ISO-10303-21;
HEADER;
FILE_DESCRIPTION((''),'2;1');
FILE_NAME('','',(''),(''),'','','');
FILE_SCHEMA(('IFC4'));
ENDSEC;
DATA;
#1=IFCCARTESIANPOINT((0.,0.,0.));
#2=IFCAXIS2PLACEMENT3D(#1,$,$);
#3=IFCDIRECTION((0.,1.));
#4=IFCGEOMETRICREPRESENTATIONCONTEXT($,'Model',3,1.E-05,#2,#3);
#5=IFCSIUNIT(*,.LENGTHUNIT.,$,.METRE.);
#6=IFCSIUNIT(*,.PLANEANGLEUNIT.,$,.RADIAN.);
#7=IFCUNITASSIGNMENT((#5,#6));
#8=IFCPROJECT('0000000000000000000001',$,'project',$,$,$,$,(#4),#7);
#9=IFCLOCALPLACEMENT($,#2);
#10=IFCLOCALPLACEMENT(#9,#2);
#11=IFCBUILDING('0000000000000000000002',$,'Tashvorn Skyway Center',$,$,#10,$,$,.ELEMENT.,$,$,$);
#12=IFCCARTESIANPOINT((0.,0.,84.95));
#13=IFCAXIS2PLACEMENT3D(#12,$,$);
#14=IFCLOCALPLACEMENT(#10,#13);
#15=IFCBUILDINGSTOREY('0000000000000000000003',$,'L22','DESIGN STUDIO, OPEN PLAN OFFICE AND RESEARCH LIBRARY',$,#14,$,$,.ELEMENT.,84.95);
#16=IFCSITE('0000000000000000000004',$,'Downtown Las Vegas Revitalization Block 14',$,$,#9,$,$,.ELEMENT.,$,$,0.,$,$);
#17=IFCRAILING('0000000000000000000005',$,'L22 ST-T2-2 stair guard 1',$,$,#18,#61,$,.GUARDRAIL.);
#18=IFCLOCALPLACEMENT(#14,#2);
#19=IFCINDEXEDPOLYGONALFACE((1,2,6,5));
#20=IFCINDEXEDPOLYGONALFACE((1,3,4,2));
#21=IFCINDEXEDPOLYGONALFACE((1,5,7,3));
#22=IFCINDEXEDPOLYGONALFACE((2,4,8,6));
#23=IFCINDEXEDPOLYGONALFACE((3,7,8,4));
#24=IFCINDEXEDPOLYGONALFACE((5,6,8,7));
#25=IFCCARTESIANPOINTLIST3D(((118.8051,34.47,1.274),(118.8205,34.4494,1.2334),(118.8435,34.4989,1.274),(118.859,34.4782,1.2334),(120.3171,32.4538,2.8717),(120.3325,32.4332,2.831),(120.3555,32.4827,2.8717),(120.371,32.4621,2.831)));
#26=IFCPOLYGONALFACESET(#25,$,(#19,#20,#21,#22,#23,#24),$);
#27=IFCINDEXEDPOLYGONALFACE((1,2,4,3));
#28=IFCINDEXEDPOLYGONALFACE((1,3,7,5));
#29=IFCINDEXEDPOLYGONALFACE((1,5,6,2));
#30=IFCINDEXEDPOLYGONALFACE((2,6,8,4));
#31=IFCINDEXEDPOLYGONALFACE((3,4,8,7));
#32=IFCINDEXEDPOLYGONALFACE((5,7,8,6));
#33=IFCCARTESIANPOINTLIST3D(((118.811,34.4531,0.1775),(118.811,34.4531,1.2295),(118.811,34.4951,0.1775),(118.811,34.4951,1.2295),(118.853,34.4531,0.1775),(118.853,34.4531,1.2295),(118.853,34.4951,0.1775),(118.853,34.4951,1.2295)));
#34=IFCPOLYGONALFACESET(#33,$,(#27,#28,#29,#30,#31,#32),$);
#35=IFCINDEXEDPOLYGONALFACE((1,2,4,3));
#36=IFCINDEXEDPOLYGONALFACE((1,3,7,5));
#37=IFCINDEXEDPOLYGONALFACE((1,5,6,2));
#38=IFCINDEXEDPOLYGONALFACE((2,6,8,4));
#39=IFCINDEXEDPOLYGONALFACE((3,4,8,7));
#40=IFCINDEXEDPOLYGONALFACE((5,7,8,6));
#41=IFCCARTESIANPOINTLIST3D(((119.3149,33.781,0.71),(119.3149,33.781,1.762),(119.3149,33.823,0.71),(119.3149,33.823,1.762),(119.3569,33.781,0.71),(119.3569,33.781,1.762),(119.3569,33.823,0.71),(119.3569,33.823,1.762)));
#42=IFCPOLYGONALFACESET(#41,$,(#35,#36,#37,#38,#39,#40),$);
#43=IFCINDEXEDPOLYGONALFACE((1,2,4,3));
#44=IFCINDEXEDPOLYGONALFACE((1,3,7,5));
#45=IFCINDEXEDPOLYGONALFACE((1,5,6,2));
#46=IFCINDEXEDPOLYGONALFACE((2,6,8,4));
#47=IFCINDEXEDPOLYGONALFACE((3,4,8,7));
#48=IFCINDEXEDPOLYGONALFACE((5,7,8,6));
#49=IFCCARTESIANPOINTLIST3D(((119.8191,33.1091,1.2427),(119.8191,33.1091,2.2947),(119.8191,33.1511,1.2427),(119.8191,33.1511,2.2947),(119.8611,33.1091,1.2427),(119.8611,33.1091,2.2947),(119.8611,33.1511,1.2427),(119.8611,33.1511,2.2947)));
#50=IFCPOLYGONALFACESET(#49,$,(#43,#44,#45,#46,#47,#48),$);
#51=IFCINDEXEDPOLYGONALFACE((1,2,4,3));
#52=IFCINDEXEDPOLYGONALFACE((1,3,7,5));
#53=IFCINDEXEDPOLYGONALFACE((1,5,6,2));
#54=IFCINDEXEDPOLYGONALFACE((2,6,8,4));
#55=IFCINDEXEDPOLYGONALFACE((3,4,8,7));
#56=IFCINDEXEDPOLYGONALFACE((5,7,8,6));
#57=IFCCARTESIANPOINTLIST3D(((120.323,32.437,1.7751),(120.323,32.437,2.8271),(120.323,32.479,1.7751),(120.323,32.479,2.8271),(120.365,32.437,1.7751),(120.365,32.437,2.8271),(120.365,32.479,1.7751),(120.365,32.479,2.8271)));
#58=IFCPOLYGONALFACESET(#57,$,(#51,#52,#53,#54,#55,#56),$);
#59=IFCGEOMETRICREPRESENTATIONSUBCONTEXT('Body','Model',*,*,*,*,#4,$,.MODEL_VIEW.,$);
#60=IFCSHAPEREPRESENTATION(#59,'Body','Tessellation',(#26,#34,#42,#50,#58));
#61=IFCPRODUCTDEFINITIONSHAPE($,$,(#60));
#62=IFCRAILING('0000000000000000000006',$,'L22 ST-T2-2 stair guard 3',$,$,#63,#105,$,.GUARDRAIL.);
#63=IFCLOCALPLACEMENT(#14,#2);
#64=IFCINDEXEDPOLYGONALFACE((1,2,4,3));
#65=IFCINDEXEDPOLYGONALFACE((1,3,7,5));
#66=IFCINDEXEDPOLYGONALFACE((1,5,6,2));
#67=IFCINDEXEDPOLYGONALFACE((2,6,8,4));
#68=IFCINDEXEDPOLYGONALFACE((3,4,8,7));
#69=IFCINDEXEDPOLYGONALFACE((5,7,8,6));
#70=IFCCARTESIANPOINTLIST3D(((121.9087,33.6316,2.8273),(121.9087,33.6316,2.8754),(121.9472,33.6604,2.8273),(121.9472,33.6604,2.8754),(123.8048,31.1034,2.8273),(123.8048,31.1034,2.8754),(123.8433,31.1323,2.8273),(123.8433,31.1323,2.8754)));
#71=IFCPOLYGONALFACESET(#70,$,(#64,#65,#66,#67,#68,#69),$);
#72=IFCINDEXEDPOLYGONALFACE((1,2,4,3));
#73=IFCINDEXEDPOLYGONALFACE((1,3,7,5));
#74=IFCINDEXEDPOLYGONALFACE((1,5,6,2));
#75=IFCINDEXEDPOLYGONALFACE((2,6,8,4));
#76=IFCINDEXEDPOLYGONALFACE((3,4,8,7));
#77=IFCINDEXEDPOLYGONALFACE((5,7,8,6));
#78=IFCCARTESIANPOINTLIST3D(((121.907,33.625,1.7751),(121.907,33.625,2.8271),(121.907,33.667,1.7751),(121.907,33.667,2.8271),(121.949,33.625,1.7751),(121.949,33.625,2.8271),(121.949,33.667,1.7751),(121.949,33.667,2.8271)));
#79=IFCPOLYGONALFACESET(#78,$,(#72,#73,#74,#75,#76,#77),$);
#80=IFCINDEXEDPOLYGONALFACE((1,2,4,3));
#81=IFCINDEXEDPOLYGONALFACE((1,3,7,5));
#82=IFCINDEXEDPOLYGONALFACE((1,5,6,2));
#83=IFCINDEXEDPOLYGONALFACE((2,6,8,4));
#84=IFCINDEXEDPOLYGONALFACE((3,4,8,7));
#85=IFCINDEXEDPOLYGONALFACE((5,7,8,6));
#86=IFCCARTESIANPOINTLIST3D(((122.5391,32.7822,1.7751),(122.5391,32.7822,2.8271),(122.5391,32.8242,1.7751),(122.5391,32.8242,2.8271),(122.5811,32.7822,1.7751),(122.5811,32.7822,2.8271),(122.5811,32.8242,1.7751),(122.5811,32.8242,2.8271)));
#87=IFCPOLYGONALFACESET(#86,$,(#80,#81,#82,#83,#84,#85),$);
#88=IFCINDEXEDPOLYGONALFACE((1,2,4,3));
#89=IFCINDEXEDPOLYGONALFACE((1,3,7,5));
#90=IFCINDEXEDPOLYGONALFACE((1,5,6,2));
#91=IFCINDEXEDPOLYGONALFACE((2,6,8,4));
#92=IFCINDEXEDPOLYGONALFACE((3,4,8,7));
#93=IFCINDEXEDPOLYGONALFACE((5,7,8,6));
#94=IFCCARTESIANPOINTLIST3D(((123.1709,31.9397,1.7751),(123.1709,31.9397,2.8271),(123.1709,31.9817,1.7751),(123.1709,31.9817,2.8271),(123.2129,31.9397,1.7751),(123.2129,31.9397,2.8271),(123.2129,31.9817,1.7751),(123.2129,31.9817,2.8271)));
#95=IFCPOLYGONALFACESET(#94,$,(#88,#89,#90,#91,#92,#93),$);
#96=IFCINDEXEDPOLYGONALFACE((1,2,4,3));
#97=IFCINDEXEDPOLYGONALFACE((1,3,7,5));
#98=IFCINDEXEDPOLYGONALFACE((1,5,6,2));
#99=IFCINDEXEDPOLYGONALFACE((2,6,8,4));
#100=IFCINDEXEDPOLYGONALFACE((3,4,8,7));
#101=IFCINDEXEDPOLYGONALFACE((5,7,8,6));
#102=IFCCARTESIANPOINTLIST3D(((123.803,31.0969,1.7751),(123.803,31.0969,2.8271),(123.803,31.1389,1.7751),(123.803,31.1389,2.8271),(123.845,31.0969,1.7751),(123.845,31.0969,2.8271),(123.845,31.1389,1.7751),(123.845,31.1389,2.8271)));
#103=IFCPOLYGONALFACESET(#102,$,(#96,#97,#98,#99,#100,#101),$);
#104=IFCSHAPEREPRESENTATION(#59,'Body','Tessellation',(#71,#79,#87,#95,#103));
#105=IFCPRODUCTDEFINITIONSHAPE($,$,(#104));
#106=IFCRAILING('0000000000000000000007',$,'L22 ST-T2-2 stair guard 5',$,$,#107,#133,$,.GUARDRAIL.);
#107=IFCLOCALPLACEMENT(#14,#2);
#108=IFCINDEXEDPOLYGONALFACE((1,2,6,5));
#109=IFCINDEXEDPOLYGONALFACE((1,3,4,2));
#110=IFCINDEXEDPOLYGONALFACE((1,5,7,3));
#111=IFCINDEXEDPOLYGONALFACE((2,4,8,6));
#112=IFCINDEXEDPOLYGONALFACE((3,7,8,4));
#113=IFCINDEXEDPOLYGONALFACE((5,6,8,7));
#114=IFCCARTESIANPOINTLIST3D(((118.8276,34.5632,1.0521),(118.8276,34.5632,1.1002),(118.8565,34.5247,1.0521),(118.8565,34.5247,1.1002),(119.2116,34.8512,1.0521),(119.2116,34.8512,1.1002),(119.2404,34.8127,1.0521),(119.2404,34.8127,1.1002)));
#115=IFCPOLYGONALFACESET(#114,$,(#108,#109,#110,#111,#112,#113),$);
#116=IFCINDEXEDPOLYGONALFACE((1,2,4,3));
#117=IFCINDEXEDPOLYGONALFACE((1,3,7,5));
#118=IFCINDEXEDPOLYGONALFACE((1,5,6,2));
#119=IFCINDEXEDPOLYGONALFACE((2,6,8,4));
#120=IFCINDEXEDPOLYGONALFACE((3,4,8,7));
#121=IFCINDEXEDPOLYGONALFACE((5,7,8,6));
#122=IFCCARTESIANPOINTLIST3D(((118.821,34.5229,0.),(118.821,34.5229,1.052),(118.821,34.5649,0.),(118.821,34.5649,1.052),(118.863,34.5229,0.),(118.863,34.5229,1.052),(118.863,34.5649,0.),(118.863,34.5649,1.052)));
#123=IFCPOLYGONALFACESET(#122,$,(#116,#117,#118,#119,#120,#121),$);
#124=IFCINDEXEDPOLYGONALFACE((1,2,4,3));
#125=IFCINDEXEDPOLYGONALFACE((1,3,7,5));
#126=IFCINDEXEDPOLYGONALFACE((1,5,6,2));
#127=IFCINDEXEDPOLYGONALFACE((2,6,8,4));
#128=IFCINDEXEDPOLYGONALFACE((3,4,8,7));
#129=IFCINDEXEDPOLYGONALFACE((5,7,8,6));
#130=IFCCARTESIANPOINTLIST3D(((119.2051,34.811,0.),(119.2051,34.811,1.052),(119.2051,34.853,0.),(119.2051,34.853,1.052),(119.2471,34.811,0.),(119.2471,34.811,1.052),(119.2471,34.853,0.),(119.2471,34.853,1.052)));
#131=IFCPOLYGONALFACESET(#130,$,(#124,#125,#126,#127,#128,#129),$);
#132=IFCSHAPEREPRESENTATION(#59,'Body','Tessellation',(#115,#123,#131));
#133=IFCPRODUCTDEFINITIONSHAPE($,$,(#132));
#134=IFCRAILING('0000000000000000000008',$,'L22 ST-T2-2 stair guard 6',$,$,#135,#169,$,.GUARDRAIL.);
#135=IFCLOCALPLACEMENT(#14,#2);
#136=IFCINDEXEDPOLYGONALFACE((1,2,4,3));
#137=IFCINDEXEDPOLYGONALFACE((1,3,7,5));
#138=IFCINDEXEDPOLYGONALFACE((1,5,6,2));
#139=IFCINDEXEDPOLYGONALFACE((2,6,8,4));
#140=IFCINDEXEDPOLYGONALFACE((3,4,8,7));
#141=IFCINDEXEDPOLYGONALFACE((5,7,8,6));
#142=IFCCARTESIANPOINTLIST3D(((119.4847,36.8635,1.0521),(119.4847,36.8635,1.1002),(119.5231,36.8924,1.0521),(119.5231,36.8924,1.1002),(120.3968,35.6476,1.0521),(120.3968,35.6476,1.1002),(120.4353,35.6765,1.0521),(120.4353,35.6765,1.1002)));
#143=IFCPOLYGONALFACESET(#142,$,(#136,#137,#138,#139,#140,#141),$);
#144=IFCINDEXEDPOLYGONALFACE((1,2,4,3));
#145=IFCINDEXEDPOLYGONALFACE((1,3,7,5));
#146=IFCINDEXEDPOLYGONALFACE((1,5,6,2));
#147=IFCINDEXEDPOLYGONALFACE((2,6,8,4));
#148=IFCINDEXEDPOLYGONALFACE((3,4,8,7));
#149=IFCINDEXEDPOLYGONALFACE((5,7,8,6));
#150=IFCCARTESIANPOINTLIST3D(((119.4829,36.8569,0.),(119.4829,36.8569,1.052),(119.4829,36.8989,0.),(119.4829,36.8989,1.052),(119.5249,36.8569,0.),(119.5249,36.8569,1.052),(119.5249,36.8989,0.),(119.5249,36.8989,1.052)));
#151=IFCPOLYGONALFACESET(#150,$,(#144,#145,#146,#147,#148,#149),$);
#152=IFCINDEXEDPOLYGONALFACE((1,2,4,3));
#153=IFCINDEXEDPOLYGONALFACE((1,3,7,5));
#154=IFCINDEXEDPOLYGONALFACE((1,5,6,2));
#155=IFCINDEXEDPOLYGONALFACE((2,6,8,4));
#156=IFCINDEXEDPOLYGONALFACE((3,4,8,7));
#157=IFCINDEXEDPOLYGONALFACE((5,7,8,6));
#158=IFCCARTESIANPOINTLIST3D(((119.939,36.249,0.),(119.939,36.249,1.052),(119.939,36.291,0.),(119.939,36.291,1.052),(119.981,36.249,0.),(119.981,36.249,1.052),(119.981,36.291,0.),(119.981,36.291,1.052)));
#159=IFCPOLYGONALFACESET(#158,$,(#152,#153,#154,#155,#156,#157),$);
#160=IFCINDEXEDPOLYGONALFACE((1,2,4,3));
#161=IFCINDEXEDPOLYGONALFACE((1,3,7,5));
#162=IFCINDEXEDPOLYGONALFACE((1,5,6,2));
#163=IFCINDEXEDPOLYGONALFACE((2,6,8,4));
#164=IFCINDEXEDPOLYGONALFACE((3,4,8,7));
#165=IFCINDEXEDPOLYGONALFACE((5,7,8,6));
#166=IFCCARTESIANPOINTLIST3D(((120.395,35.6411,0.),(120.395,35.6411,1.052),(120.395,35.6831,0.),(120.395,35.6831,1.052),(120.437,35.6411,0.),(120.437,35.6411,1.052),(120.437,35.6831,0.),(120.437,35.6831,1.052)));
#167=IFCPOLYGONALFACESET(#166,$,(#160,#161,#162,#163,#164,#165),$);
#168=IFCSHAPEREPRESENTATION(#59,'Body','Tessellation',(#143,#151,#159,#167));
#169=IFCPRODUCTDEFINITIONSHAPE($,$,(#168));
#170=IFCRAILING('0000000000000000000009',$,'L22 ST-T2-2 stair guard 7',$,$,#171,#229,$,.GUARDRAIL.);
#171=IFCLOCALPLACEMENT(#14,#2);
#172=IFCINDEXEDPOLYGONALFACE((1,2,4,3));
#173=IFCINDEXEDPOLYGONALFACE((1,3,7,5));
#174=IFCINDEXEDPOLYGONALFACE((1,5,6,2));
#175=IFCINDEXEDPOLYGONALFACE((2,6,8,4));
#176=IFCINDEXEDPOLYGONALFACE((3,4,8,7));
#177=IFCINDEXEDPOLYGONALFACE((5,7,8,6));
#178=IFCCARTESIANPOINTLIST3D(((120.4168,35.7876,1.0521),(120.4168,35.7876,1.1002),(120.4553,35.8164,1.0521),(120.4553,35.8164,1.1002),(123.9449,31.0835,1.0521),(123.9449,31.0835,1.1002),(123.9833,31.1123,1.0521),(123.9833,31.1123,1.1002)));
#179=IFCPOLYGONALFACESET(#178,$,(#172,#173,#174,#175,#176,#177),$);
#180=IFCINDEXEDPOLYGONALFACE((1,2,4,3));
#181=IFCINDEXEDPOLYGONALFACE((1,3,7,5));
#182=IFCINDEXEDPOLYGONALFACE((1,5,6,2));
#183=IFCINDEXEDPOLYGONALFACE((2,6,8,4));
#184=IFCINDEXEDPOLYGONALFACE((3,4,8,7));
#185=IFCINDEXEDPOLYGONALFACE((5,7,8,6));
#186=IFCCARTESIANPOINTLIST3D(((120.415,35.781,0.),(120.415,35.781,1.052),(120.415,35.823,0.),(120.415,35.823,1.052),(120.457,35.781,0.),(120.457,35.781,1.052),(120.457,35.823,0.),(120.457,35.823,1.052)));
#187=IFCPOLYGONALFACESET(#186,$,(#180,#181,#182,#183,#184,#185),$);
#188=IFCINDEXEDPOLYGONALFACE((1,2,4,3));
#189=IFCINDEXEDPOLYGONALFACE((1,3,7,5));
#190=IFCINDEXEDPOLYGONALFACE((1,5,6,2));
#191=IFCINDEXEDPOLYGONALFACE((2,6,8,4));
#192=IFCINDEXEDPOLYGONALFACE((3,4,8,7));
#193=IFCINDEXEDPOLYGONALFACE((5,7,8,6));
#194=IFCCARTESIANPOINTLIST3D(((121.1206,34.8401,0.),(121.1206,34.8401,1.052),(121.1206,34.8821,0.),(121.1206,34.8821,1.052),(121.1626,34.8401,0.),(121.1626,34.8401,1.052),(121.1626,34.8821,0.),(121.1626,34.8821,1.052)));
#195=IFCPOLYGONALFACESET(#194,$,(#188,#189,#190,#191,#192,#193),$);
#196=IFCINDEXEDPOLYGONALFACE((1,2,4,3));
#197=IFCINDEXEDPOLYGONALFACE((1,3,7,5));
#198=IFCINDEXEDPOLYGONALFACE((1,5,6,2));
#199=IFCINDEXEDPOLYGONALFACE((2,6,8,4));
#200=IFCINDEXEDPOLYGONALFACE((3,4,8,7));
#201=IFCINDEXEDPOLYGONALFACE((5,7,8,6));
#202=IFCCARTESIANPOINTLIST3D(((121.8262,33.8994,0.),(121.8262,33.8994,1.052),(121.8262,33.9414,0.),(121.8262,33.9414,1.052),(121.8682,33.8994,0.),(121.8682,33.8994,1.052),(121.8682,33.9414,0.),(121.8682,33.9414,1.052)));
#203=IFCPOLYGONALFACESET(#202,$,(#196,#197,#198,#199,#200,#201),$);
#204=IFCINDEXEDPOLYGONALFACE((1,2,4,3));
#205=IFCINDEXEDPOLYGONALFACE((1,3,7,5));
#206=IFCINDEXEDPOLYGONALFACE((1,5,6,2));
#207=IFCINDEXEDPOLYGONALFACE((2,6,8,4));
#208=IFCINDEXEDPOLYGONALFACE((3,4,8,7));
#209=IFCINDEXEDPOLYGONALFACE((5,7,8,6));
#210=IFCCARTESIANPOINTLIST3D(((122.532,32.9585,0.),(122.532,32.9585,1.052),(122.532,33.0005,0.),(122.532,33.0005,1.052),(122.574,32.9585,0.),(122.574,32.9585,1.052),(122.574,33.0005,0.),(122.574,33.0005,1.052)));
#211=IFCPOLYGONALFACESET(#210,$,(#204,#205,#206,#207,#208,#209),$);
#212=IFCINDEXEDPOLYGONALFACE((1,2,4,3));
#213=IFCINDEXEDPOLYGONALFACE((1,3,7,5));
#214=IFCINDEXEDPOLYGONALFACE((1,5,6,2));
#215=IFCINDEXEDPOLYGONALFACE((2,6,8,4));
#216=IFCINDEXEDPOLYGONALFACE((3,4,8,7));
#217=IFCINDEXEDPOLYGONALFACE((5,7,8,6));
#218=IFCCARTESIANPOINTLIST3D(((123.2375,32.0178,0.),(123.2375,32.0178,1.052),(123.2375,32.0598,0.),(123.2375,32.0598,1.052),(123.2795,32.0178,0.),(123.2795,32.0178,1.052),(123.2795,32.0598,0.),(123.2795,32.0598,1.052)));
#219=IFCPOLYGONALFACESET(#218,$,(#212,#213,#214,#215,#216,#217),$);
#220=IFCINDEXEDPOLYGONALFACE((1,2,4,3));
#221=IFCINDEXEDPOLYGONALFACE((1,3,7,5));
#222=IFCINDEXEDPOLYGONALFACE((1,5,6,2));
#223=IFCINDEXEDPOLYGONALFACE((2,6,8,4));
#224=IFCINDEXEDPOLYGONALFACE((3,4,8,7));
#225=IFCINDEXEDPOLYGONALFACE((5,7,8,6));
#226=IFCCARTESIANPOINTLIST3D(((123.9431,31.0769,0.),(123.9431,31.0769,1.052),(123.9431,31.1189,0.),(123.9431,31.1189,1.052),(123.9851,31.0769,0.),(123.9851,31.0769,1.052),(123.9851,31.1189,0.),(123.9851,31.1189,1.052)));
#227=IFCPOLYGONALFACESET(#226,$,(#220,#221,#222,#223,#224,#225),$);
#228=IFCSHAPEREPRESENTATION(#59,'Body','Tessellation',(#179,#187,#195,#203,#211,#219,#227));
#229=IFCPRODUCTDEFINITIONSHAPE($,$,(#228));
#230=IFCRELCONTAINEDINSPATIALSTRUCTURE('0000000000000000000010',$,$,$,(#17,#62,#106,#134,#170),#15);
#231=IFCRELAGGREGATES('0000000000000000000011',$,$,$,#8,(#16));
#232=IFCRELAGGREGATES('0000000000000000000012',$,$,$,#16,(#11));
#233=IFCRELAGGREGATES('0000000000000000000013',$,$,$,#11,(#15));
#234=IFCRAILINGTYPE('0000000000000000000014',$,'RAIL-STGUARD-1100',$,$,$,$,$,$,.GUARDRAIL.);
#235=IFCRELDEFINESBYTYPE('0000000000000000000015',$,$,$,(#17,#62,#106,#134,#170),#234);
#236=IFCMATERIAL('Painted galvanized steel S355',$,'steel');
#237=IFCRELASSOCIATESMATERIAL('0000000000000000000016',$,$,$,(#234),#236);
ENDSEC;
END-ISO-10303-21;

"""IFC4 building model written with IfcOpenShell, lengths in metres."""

from ifc_helpers import new_model, si_unit, direction, frame, origin, origin_2d, place, context, subcontext, project, spatial, rectangle, extrude, material, type_object, element, save


model = new_model("IFC4")

# Units and contexts
model_context = context("Model", 3, precision=1e-05, world=origin(), true_north=direction((0.0, 1.0)))
body_context = subcontext(model_context, "Body", "Model", "MODEL_VIEW")
ifc_project = project(units=[si_unit("LENGTHUNIT", "METRE"), si_unit("PLANEANGLEUNIT", "RADIAN")], contexts=[model_context])

# Site, building, storey
site_placement = place(None, origin())
site = spatial("IfcSite", under=ifc_project, at=site_placement, Name="Downtown Las Vegas Revitalization Block 14", CompositionType="ELEMENT", RefElevation=0.0)
building_placement = place(site_placement, origin())
building = spatial("IfcBuilding", under=site, at=building_placement, Name="Tashvorn Skyway Center", CompositionType="ELEMENT")
storey_placement = place(building_placement, frame((0.0, 0.0, 84.95)))
storey = spatial("IfcBuildingStorey", under=building, at=storey_placement, Name="L22", Description="DESIGN STUDIO, OPEN PLAN OFFICE AND RESEARCH LIBRARY", CompositionType="ELEMENT", Elevation=84.95)

# Railings
ifc_material_1 = material(Name="Painted galvanized steel S355", Category="steel")
railing_type_1 = type_object("IfcRailingType", Name="RAIL-STGUARD-1100", PredefinedType="GUARDRAIL", material=ifc_material_1)
railing_1_placement = place(storey_placement, frame((118.832, 34.4741, 0.1775)))
element("IfcRailing", 1, at=railing_1_placement, inside=storey, type_object=railing_type_1, Name="L22 ST-T2-2 stair guard 1", PredefinedType="GUARDRAIL", context=body_context, shape_type="SweptSolid", body=[
    extrude(rectangle(XDim=0.0481, YDim=0.0481, at=origin_2d()), frame((0.0, 0.0, 1.0762), z_axis=(0.506719, -0.675679, 0.535438), x_axis=(0.800023, 0.599969, 0.0)), (0.0, 0.0, 1.0), 2.9839),
    extrude(rectangle(XDim=0.042, YDim=0.042, at=origin_2d()), origin(), (0.0, 0.0, 1.0), 1.052),
    extrude(rectangle(XDim=0.042, YDim=0.042, at=origin_2d()), frame((0.5039, -0.6721, 0.5325)), (0.0, 0.0, 1.0), 1.052),
    extrude(rectangle(XDim=0.042, YDim=0.042, at=origin_2d()), frame((1.0081, -1.344, 1.0652)), (0.0, 0.0, 1.0), 1.052),
    extrude(rectangle(XDim=0.042, YDim=0.042, at=origin_2d()), frame((1.512, -2.0161, 1.5977)), (0.0, 0.0, 1.0), 1.052),
])
railing_2_placement = place(storey_placement, frame((121.928, 33.646, 1.7751)))
element("IfcRailing", 2, at=railing_2_placement, inside=storey, type_object=railing_type_1, Name="L22 ST-T2-2 stair guard 3", PredefinedType="GUARDRAIL", context=body_context, shape_type="SweptSolid", body=[
    extrude(rectangle(XDim=0.0481, YDim=0.0481, at=origin_2d()), frame((0.0, 0.0, 1.0762), z_axis=(0.599988, -0.800009, 0.0), x_axis=(0.800009, 0.599988, 0.0)), (0.0, 0.0, 1.0), 3.1602),
    extrude(rectangle(XDim=0.042, YDim=0.042, at=origin_2d()), origin(), (0.0, 0.0, 1.0), 1.052),
    extrude(rectangle(XDim=0.042, YDim=0.042, at=origin_2d()), frame((0.6321, -0.8428, 0.0)), (0.0, 0.0, 1.0), 1.052),
    extrude(rectangle(XDim=0.042, YDim=0.042, at=origin_2d()), frame((1.2639, -1.6853, 0.0)), (0.0, 0.0, 1.0), 1.052),
    extrude(rectangle(XDim=0.042, YDim=0.042, at=origin_2d()), frame((1.896, -2.5281, 0.0)), (0.0, 0.0, 1.0), 1.052),
])
railing_3_placement = place(storey_placement, frame((118.842, 34.5439, 0.0)))
element("IfcRailing", 3, at=railing_3_placement, inside=storey, type_object=railing_type_1, Name="L22 ST-T2-2 stair guard 5", PredefinedType="GUARDRAIL", context=body_context, shape_type="SweptSolid", body=[
    extrude(rectangle(XDim=0.0481, YDim=0.0481, at=origin_2d()), frame((0.0, 0.0, 1.0762), z_axis=(0.799939, 0.600081, 0.0), x_axis=(-0.600081, 0.799939, 0.0)), (0.0, 0.0, 1.0), 0.48),
    extrude(rectangle(XDim=0.042, YDim=0.042, at=origin_2d()), origin(), (0.0, 0.0, 1.0), 1.052),
    extrude(rectangle(XDim=0.042, YDim=0.042, at=origin_2d()), frame((0.384, 0.2881, 0.0)), (0.0, 0.0, 1.0), 1.052),
])
railing_4_placement = place(storey_placement, frame((119.5039, 36.8779, 0.0)))
element("IfcRailing", 4, at=railing_4_placement, inside=storey, type_object=railing_type_1, Name="L22 ST-T2-2 stair guard 6", PredefinedType="GUARDRAIL", context=body_context, shape_type="SweptSolid", body=[
    extrude(rectangle(XDim=0.0481, YDim=0.0481, at=origin_2d()), frame((0.0, 0.0, 1.0762), z_axis=(0.600103, -0.799923, 0.0), x_axis=(0.799923, 0.600103, 0.0)), (0.0, 0.0, 1.0), 1.52),
    extrude(rectangle(XDim=0.042, YDim=0.042, at=origin_2d()), origin(), (0.0, 0.0, 1.0), 1.052),
    extrude(rectangle(XDim=0.042, YDim=0.042, at=origin_2d()), frame((0.4561, -0.6079, 0.0)), (0.0, 0.0, 1.0), 1.052),
    extrude(rectangle(XDim=0.042, YDim=0.042, at=origin_2d()), frame((0.9121, -1.2158, 0.0)), (0.0, 0.0, 1.0), 1.052),
])
railing_5_placement = place(storey_placement, frame((120.436, 35.802, 0.0)))
element("IfcRailing", 5, at=railing_5_placement, inside=storey, type_object=railing_type_1, Name="L22 ST-T2-2 stair guard 7", PredefinedType="GUARDRAIL", context=body_context, shape_type="SweptSolid", body=[
    extrude(rectangle(XDim=0.0481, YDim=0.0481, at=origin_2d()), frame((0.0, 0.0, 1.0762), z_axis=(0.6, -0.8, 0.0), x_axis=(0.8, 0.6, 0.0)), (0.0, 0.0, 1.0), 5.8801),
    extrude(rectangle(XDim=0.042, YDim=0.042, at=origin_2d()), origin(), (0.0, 0.0, 1.0), 1.052),
    extrude(rectangle(XDim=0.042, YDim=0.042, at=origin_2d()), frame((0.7056, -0.9409, 0.0)), (0.0, 0.0, 1.0), 1.052),
    extrude(rectangle(XDim=0.042, YDim=0.042, at=origin_2d()), frame((1.4111, -1.8816, 0.0)), (0.0, 0.0, 1.0), 1.052),
    extrude(rectangle(XDim=0.042, YDim=0.042, at=origin_2d()), frame((2.1169, -2.8225, 0.0)), (0.0, 0.0, 1.0), 1.052),
    extrude(rectangle(XDim=0.042, YDim=0.042, at=origin_2d()), frame((2.8225, -3.7632, 0.0)), (0.0, 0.0, 1.0), 1.052),
    extrude(rectangle(XDim=0.042, YDim=0.042, at=origin_2d()), frame((3.5281, -4.7041, 0.0)), (0.0, 0.0, 1.0), 1.052),
])

save(model, "model.ifc")
